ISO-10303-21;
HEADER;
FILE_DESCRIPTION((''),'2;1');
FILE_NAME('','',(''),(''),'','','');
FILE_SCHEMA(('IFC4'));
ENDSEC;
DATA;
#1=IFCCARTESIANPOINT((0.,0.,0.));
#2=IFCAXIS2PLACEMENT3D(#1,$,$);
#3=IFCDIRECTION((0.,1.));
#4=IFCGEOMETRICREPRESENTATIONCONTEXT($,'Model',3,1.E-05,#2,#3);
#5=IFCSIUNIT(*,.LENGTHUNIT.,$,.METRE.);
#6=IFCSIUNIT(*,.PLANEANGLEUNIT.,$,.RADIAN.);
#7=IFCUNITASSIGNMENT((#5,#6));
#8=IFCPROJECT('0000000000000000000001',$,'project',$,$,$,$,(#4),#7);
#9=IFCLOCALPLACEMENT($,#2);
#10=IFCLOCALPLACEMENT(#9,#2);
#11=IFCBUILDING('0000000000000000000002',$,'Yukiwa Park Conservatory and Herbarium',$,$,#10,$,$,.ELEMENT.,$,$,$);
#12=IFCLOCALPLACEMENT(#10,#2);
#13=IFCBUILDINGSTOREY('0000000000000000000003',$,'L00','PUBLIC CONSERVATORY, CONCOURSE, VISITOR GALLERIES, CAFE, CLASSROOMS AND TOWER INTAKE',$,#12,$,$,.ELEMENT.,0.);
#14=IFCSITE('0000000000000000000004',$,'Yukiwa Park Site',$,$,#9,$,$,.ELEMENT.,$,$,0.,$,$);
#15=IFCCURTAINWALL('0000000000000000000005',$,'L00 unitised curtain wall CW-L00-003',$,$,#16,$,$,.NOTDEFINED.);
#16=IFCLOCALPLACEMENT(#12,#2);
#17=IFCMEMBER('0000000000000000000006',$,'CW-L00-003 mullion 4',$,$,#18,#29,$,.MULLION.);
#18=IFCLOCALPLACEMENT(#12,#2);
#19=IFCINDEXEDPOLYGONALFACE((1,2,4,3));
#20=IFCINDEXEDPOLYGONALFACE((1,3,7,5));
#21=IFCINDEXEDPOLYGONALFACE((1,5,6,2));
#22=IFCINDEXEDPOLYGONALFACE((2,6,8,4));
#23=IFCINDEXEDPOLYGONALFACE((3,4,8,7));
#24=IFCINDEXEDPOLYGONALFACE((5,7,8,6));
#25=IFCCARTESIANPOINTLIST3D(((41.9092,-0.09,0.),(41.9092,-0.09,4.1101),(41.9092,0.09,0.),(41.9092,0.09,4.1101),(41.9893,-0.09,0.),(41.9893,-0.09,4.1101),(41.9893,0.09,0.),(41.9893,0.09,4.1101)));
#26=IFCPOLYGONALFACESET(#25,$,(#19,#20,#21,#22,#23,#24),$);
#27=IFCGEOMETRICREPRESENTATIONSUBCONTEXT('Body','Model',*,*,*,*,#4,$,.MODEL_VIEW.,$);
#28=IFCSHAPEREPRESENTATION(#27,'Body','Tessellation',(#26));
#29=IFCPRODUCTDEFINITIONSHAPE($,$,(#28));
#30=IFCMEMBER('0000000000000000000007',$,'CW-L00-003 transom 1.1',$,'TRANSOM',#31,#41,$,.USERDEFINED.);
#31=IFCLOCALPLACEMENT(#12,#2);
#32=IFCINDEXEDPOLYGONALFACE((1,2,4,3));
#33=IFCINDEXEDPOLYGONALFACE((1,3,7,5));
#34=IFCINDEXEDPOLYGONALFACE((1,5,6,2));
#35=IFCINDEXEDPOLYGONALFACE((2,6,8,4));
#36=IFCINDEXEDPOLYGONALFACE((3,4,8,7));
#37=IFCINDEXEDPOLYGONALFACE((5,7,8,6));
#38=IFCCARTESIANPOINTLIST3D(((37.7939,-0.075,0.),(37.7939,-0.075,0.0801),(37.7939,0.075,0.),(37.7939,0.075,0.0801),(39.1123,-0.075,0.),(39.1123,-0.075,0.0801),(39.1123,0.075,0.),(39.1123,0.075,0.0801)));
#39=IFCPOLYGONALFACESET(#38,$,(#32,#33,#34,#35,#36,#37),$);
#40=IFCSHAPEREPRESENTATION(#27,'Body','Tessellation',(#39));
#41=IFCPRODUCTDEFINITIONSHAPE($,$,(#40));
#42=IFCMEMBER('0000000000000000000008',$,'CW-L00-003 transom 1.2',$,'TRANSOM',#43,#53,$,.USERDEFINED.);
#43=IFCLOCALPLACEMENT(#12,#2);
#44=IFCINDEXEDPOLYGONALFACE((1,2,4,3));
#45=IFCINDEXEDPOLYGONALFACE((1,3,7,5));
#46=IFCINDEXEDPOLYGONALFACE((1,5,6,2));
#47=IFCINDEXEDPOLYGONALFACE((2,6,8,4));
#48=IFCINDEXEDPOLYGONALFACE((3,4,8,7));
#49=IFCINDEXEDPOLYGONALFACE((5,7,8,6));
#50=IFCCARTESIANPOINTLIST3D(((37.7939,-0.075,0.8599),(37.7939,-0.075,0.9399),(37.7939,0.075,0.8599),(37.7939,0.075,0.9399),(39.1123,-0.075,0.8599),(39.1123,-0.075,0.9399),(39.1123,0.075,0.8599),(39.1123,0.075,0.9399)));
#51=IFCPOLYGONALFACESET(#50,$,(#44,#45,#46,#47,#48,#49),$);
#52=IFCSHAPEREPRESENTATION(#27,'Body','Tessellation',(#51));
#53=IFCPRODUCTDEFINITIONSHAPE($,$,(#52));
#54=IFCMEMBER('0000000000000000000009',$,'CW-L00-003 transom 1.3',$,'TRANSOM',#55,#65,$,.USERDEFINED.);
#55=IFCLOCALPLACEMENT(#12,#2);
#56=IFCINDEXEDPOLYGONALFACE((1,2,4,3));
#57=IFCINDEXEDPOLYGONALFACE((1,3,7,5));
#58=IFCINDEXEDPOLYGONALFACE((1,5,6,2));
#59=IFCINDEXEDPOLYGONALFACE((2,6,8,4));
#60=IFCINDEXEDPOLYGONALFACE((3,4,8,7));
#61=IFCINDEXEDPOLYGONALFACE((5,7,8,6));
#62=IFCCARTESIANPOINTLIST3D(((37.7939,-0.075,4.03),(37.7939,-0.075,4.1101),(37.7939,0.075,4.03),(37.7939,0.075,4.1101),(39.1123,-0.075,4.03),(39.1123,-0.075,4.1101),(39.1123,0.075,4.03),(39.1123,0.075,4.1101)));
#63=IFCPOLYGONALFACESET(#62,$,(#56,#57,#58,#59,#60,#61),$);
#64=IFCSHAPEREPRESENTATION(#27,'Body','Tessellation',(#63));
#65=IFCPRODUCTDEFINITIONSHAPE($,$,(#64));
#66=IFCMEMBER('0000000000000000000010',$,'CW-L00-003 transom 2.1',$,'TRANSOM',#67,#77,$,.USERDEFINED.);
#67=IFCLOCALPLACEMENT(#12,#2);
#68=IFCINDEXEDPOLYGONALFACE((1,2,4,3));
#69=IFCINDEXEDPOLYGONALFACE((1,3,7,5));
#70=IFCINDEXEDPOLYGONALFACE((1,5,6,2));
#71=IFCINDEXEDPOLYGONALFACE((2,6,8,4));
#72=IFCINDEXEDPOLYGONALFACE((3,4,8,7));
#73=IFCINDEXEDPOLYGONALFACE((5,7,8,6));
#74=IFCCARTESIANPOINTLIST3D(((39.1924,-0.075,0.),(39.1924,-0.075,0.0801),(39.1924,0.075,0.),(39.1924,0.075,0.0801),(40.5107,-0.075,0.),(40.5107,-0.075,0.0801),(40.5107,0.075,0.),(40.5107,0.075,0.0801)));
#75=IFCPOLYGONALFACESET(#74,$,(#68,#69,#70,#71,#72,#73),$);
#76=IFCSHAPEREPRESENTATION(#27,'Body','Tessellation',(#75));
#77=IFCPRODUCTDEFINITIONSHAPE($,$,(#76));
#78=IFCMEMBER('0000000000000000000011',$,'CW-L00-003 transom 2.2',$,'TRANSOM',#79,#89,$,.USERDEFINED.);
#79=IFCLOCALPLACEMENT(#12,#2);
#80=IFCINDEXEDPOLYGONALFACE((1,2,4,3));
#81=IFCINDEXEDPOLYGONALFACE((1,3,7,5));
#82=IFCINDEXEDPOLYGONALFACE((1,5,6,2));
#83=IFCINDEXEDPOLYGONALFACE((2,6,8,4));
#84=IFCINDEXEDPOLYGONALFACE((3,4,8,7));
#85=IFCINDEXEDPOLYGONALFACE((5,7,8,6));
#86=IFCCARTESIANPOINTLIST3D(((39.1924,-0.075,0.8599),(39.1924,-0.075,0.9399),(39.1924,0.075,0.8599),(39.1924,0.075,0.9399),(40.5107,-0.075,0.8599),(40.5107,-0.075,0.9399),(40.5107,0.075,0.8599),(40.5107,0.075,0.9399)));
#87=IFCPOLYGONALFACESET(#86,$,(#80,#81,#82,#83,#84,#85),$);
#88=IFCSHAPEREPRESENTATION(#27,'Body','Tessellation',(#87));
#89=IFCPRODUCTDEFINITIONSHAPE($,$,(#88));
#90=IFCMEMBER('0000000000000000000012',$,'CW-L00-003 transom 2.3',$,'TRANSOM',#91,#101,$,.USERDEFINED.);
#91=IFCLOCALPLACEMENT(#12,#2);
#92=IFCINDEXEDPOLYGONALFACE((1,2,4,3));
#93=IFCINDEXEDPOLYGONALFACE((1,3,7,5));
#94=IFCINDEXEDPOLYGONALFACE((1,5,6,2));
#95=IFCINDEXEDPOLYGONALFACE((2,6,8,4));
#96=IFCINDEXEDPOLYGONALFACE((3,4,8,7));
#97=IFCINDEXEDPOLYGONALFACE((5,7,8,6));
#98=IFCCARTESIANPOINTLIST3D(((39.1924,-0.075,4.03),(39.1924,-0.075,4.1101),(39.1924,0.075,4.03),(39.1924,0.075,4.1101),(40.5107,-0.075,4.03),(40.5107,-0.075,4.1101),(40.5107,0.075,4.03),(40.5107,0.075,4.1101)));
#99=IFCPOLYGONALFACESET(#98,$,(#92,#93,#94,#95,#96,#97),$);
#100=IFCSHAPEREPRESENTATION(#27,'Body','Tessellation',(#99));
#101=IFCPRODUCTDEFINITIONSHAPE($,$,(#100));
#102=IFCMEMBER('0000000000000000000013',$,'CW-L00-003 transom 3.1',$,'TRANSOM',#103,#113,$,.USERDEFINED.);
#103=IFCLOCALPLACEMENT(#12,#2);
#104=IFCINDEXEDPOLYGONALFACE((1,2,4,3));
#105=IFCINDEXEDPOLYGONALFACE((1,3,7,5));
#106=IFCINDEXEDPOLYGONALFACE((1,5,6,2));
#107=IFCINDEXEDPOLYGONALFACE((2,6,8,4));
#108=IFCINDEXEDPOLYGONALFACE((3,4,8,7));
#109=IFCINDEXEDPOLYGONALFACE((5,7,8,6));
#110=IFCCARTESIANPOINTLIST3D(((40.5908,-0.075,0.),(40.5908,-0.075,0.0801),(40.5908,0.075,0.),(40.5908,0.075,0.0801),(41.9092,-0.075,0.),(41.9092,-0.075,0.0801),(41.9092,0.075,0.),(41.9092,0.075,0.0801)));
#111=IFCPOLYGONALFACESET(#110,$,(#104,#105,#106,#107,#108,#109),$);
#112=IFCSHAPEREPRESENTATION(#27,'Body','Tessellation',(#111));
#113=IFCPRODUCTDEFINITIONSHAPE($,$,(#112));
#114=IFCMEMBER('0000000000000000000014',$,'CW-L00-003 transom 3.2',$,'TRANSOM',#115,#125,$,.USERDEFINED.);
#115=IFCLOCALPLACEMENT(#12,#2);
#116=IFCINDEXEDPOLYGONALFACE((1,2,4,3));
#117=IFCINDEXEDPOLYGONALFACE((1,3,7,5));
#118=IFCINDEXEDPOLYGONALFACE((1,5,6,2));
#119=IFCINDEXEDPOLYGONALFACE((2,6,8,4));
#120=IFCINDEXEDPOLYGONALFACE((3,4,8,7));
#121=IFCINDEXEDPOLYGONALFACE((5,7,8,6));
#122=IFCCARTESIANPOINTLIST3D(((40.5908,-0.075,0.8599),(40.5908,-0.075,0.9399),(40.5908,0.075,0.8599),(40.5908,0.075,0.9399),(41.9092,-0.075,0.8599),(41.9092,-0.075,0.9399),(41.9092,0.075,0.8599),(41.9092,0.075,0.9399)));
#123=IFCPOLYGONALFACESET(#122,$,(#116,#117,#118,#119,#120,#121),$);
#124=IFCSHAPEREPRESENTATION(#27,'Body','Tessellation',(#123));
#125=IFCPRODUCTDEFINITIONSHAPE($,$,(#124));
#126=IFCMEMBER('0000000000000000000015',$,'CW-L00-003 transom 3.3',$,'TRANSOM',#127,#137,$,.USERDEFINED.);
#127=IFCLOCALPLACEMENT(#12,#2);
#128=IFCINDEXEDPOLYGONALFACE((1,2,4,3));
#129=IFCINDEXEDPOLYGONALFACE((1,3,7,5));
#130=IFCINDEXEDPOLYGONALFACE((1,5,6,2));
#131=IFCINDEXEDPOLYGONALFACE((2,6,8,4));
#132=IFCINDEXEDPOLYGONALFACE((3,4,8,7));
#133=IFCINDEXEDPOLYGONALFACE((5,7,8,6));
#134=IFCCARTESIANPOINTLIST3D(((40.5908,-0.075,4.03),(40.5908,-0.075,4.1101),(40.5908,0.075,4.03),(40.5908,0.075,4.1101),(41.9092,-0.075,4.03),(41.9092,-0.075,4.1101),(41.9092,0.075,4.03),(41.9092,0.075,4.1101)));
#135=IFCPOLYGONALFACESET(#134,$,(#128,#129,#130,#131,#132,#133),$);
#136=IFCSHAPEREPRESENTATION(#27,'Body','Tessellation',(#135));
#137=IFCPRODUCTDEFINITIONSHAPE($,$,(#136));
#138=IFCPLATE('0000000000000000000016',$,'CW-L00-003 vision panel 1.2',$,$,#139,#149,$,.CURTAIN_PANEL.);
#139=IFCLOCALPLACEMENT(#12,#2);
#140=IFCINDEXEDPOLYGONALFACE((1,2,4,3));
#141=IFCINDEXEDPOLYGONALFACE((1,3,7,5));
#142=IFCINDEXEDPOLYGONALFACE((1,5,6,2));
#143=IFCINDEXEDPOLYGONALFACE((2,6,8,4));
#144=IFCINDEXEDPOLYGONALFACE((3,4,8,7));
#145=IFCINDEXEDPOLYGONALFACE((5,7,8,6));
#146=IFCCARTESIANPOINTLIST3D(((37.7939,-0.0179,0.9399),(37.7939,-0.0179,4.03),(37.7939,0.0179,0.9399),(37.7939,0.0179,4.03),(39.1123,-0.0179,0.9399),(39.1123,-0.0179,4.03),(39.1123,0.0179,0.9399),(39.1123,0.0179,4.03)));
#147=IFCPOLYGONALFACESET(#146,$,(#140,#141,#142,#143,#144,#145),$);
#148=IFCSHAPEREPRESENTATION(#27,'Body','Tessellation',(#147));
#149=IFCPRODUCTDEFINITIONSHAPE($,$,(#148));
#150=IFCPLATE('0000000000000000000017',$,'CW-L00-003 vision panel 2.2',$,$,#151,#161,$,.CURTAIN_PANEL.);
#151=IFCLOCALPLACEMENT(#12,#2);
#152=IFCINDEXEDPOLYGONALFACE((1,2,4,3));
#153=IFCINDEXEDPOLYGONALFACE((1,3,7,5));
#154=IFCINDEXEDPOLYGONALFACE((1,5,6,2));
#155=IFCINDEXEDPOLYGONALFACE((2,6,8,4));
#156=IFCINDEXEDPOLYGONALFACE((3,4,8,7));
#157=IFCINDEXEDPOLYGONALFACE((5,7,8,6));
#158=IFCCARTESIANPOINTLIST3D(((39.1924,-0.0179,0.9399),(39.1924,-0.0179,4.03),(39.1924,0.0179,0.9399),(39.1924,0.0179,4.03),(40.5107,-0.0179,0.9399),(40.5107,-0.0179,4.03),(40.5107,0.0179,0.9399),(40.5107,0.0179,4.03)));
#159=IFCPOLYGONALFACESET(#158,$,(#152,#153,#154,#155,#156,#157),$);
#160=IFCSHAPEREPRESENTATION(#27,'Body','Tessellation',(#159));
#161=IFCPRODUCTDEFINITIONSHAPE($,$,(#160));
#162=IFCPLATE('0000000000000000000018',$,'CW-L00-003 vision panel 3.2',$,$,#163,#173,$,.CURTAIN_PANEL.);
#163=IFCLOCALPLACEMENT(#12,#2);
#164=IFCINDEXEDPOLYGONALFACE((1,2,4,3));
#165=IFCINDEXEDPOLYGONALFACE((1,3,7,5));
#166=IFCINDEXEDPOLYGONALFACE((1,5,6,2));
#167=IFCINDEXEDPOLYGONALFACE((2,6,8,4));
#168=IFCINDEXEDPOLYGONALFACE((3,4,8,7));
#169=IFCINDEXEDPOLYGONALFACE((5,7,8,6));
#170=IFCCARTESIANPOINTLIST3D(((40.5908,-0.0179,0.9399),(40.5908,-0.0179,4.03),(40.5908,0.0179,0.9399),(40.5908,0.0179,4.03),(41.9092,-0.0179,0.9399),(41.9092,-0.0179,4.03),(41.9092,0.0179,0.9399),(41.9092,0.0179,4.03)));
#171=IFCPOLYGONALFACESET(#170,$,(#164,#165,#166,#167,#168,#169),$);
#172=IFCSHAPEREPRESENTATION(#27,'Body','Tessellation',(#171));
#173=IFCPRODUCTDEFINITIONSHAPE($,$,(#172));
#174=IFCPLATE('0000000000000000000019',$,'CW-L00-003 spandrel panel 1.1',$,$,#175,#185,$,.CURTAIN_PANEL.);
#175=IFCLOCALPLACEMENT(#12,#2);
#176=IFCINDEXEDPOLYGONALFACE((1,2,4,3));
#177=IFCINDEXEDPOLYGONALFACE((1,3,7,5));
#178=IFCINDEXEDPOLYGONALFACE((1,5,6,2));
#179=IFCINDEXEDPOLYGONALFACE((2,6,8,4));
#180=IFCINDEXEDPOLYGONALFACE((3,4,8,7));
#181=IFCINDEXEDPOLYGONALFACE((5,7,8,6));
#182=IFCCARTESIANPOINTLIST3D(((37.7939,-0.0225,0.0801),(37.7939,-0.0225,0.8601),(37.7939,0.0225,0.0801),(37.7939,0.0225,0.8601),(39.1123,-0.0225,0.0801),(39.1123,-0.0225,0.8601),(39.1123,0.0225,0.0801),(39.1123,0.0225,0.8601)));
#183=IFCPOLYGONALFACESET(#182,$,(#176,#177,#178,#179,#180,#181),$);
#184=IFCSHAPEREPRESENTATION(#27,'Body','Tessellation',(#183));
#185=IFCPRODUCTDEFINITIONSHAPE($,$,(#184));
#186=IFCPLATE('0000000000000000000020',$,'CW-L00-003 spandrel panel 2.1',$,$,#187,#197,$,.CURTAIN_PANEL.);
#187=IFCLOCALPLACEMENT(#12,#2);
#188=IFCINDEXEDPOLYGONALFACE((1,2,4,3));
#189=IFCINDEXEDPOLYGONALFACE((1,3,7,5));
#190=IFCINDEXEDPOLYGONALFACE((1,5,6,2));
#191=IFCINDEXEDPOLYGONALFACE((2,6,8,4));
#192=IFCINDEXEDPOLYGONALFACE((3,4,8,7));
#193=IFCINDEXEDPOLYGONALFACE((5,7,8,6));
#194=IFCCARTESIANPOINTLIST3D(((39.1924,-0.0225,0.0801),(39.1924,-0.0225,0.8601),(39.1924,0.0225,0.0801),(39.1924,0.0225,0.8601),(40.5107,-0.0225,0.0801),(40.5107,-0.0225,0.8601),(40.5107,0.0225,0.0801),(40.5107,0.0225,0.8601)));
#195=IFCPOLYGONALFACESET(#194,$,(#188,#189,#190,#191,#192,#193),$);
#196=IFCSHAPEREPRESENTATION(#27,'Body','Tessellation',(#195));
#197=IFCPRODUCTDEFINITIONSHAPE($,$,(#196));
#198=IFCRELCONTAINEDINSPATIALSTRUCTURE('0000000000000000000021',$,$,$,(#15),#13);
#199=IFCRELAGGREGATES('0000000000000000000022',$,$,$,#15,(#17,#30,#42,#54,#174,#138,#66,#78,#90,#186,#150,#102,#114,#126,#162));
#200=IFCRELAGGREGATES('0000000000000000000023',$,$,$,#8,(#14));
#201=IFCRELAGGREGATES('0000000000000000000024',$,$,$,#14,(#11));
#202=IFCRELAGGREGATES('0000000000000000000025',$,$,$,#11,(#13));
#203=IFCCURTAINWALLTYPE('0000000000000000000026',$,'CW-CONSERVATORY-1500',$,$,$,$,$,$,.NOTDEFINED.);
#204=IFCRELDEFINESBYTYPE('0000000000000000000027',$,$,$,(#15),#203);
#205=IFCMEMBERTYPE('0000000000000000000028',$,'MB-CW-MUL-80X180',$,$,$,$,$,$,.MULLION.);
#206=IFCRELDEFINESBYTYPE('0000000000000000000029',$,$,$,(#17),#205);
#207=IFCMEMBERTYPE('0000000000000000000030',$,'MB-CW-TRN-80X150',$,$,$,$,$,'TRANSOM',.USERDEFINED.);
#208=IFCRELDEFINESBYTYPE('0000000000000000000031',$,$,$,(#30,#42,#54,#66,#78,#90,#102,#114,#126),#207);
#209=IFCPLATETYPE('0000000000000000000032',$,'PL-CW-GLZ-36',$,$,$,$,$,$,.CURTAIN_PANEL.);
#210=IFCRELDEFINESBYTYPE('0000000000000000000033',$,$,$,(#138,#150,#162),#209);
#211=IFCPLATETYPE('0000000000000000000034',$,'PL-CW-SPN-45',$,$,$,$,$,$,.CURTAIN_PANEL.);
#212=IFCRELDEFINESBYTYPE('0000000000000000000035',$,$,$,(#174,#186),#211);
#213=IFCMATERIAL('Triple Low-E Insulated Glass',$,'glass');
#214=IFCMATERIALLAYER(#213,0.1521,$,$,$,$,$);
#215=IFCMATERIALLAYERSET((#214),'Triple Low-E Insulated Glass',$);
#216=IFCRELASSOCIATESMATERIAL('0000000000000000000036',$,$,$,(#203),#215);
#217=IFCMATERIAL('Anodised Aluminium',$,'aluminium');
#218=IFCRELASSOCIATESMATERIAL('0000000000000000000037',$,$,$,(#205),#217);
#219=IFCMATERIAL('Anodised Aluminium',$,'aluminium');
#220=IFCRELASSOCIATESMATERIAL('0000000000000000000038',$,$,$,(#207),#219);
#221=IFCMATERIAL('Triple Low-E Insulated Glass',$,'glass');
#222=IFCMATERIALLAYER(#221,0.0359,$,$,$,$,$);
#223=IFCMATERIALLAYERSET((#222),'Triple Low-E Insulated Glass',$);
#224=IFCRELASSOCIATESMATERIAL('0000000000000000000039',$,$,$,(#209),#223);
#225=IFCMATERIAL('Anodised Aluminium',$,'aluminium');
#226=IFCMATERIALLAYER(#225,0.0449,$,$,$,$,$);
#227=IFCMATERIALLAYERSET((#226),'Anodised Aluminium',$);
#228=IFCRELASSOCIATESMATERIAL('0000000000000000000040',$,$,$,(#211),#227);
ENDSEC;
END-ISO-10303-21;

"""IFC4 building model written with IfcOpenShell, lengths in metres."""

from ifc_helpers import new_model, si_unit, direction, frame, origin, origin_2d, place, context, subcontext, project, spatial, rectangle, extrude, material, layer, layer_set, type_object, element, aggregate, save


model = new_model("IFC4")

# Units and contexts
model_context = context("Model", 3, precision=1e-05, world=origin(), true_north=direction((0.0, 1.0)))
body_context = subcontext(model_context, "Body", "Model", "MODEL_VIEW")
ifc_project = project(units=[si_unit("LENGTHUNIT", "METRE"), si_unit("PLANEANGLEUNIT", "RADIAN")], contexts=[model_context])

# Site, building, storey
site_placement = place(None, origin())
site = spatial("IfcSite", under=ifc_project, at=site_placement, Name="Yukiwa Park Site", CompositionType="ELEMENT", RefElevation=0.0)
building_placement = place(site_placement, origin())
building = spatial("IfcBuilding", under=site, at=building_placement, Name="Yukiwa Park Conservatory and Herbarium", CompositionType="ELEMENT")
storey_placement = place(building_placement, origin())
storey = spatial("IfcBuildingStorey", under=building, at=storey_placement, Name="L00", Description="PUBLIC CONSERVATORY, CONCOURSE, VISITOR GALLERIES, CAFE, CLASSROOMS AND TOWER INTAKE", CompositionType="ELEMENT", Elevation=0.0)

# Curtain wall, members, plates
ifc_material_1 = material(Name="Triple Low-E Insulated Glass", Category="glass")
ifc_layer_1 = layer(ifc_material_1, 0.1521)
ifc_layer_set_1 = layer_set([ifc_layer_1], Name="Triple Low-E Insulated Glass")
curtain_wall_type = type_object("IfcCurtainWallType", Name="CW-CONSERVATORY-1500", PredefinedType="NOTDEFINED", material=ifc_layer_set_1)
curtain_wall_placement = place(storey_placement, origin())
curtain_wall = element("IfcCurtainWall", 1, at=curtain_wall_placement, inside=storey, type_object=curtain_wall_type, Name="L00 unitised curtain wall CW-L00-003", PredefinedType="NOTDEFINED")
ifc_material_2 = material(Name="Anodised Aluminium", Category="aluminium")
member_type_1 = type_object("IfcMemberType", Name="MB-CW-MUL-80X180", PredefinedType="MULLION", material=ifc_material_2)
member_1_placement = place(storey_placement, frame((41.9492, 0.0, 0.0), z_axis=(0.0, 0.0, 1.0), x_axis=(1.0, 0.0, 0.0)))
member_1 = element("IfcMember", 2, at=member_1_placement, type_object=member_type_1, Name="CW-L00-003 mullion 4", PredefinedType="MULLION", context=body_context, shape_type="SweptSolid", body=[
    extrude(rectangle(XDim=0.0801, YDim=0.1799, at=origin_2d()), origin(), (0.0, 0.0, 1.0), 4.1101),
])
ifc_material_3 = material(Name="Anodised Aluminium", Category="aluminium")
member_type_2 = type_object("IfcMemberType", Name="MB-CW-TRN-80X150", ElementType="TRANSOM", PredefinedType="USERDEFINED", material=ifc_material_3)
member_2_placement = place(storey_placement, frame((38.4531, 0.0, 0.0), z_axis=(0.0, 0.0, 1.0), x_axis=(1.0, 0.0, 0.0)))
member_2 = element("IfcMember", 3, at=member_2_placement, type_object=member_type_2, Name="CW-L00-003 transom 1.1", ObjectType="TRANSOM", PredefinedType="USERDEFINED", context=body_context, shape_type="SweptSolid", body=[
    extrude(rectangle(XDim=1.3184, YDim=0.1499, at=origin_2d()), origin(), (0.0, 0.0, 1.0), 0.0801),
])
member_3_placement = place(storey_placement, frame((38.4531, 0.0, 0.8599), z_axis=(0.0, 0.0, 1.0), x_axis=(1.0, 0.0, 0.0)))
member_3 = element("IfcMember", 4, at=member_3_placement, type_object=member_type_2, Name="CW-L00-003 transom 1.2", ObjectType="TRANSOM", PredefinedType="USERDEFINED", context=body_context, shape_type="SweptSolid", body=[
    extrude(rectangle(XDim=1.3184, YDim=0.1499, at=origin_2d()), origin(), (0.0, 0.0, 1.0), 0.0801),
])
member_4_placement = place(storey_placement, frame((38.4531, 0.0, 4.03), z_axis=(0.0, 0.0, 1.0), x_axis=(1.0, 0.0, 0.0)))
member_4 = element("IfcMember", 5, at=member_4_placement, type_object=member_type_2, Name="CW-L00-003 transom 1.3", ObjectType="TRANSOM", PredefinedType="USERDEFINED", context=body_context, shape_type="SweptSolid", body=[
    extrude(rectangle(XDim=1.3184, YDim=0.1499, at=origin_2d()), origin(), (0.0, 0.0, 1.0), 0.0801),
])
member_5_placement = place(storey_placement, frame((39.8516, 0.0, 0.0), z_axis=(0.0, 0.0, 1.0), x_axis=(1.0, 0.0, 0.0)))
member_5 = element("IfcMember", 6, at=member_5_placement, type_object=member_type_2, Name="CW-L00-003 transom 2.1", ObjectType="TRANSOM", PredefinedType="USERDEFINED", context=body_context, shape_type="SweptSolid", body=[
    extrude(rectangle(XDim=1.3184, YDim=0.1499, at=origin_2d()), origin(), (0.0, 0.0, 1.0), 0.0801),
])
member_6_placement = place(storey_placement, frame((39.8516, 0.0, 0.8599), z_axis=(0.0, 0.0, 1.0), x_axis=(1.0, 0.0, 0.0)))
member_6 = element("IfcMember", 7, at=member_6_placement, type_object=member_type_2, Name="CW-L00-003 transom 2.2", ObjectType="TRANSOM", PredefinedType="USERDEFINED", context=body_context, shape_type="SweptSolid", body=[
    extrude(rectangle(XDim=1.3184, YDim=0.1499, at=origin_2d()), origin(), (0.0, 0.0, 1.0), 0.0801),
])
member_7_placement = place(storey_placement, frame((39.8516, 0.0, 4.03), z_axis=(0.0, 0.0, 1.0), x_axis=(1.0, 0.0, 0.0)))
member_7 = element("IfcMember", 8, at=member_7_placement, type_object=member_type_2, Name="CW-L00-003 transom 2.3", ObjectType="TRANSOM", PredefinedType="USERDEFINED", context=body_context, shape_type="SweptSolid", body=[
    extrude(rectangle(XDim=1.3184, YDim=0.1499, at=origin_2d()), origin(), (0.0, 0.0, 1.0), 0.0801),
])
member_8_placement = place(storey_placement, frame((41.25, 0.0, 0.0), z_axis=(0.0, 0.0, 1.0), x_axis=(1.0, 0.0, 0.0)))
member_8 = element("IfcMember", 9, at=member_8_placement, type_object=member_type_2, Name="CW-L00-003 transom 3.1", ObjectType="TRANSOM", PredefinedType="USERDEFINED", context=body_context, shape_type="SweptSolid", body=[
    extrude(rectangle(XDim=1.3184, YDim=0.1499, at=origin_2d()), origin(), (0.0, 0.0, 1.0), 0.0801),
])
member_9_placement = place(storey_placement, frame((41.25, 0.0, 0.8599), z_axis=(0.0, 0.0, 1.0), x_axis=(1.0, 0.0, 0.0)))
member_9 = element("IfcMember", 10, at=member_9_placement, type_object=member_type_2, Name="CW-L00-003 transom 3.2", ObjectType="TRANSOM", PredefinedType="USERDEFINED", context=body_context, shape_type="SweptSolid", body=[
    extrude(rectangle(XDim=1.3184, YDim=0.1499, at=origin_2d()), origin(), (0.0, 0.0, 1.0), 0.0801),
])
member_10_placement = place(storey_placement, frame((41.25, 0.0, 4.03), z_axis=(0.0, 0.0, 1.0), x_axis=(1.0, 0.0, 0.0)))
member_10 = element("IfcMember", 11, at=member_10_placement, type_object=member_type_2, Name="CW-L00-003 transom 3.3", ObjectType="TRANSOM", PredefinedType="USERDEFINED", context=body_context, shape_type="SweptSolid", body=[
    extrude(rectangle(XDim=1.3184, YDim=0.1499, at=origin_2d()), origin(), (0.0, 0.0, 1.0), 0.0801),
])
ifc_material_4 = material(Name="Triple Low-E Insulated Glass", Category="glass")
ifc_layer_2 = layer(ifc_material_4, 0.0359)
ifc_layer_set_2 = layer_set([ifc_layer_2], Name="Triple Low-E Insulated Glass")
plate_type_1 = type_object("IfcPlateType", Name="PL-CW-GLZ-36", PredefinedType="CURTAIN_PANEL", material=ifc_layer_set_2)
plate_1_placement = place(storey_placement, frame((38.4531, 0.0, 0.9399), z_axis=(0.0, 0.0, 1.0), x_axis=(1.0, 0.0, 0.0)))
plate_1 = element("IfcPlate", 12, at=plate_1_placement, type_object=plate_type_1, Name="CW-L00-003 vision panel 1.2", PredefinedType="CURTAIN_PANEL", context=body_context, shape_type="SweptSolid", body=[
    extrude(rectangle(XDim=1.3184, YDim=0.0359, at=origin_2d()), origin(), (0.0, 0.0, 1.0), 3.0901),
])
plate_2_placement = place(storey_placement, frame((39.8516, 0.0, 0.9399), z_axis=(0.0, 0.0, 1.0), x_axis=(1.0, 0.0, 0.0)))
plate_2 = element("IfcPlate", 13, at=plate_2_placement, type_object=plate_type_1, Name="CW-L00-003 vision panel 2.2", PredefinedType="CURTAIN_PANEL", context=body_context, shape_type="SweptSolid", body=[
    extrude(rectangle(XDim=1.3184, YDim=0.0359, at=origin_2d()), origin(), (0.0, 0.0, 1.0), 3.0901),
])
plate_3_placement = place(storey_placement, frame((41.25, 0.0, 0.9399), z_axis=(0.0, 0.0, 1.0), x_axis=(1.0, 0.0, 0.0)))
plate_3 = element("IfcPlate", 14, at=plate_3_placement, type_object=plate_type_1, Name="CW-L00-003 vision panel 3.2", PredefinedType="CURTAIN_PANEL", context=body_context, shape_type="SweptSolid", body=[
    extrude(rectangle(XDim=1.3184, YDim=0.0359, at=origin_2d()), origin(), (0.0, 0.0, 1.0), 3.0901),
])
ifc_material_5 = material(Name="Anodised Aluminium", Category="aluminium")
ifc_layer_3 = layer(ifc_material_5, 0.0449)
ifc_layer_set_3 = layer_set([ifc_layer_3], Name="Anodised Aluminium")
plate_type_2 = type_object("IfcPlateType", Name="PL-CW-SPN-45", PredefinedType="CURTAIN_PANEL", material=ifc_layer_set_3)
plate_4_placement = place(storey_placement, frame((38.4531, 0.0, 0.0801), z_axis=(0.0, 0.0, 1.0), x_axis=(1.0, 0.0, 0.0)))
plate_4 = element("IfcPlate", 15, at=plate_4_placement, type_object=plate_type_2, Name="CW-L00-003 spandrel panel 1.1", PredefinedType="CURTAIN_PANEL", context=body_context, shape_type="SweptSolid", body=[
    extrude(rectangle(XDim=1.3184, YDim=0.0449, at=origin_2d()), origin(), (0.0, 0.0, 1.0), 0.78),
])
plate_5_placement = place(storey_placement, frame((39.8516, 0.0, 0.0801), z_axis=(0.0, 0.0, 1.0), x_axis=(1.0, 0.0, 0.0)))
plate_5 = element("IfcPlate", 16, at=plate_5_placement, type_object=plate_type_2, Name="CW-L00-003 spandrel panel 2.1", PredefinedType="CURTAIN_PANEL", context=body_context, shape_type="SweptSolid", body=[
    extrude(rectangle(XDim=1.3184, YDim=0.0449, at=origin_2d()), origin(), (0.0, 0.0, 1.0), 0.78),
])
aggregate(curtain_wall, [member_1, member_2, member_3, member_4, plate_4, plate_1, member_5, member_6, member_7, plate_5, plate_2, member_8, member_9, member_10, plate_3])

save(model, "model.ifc")
